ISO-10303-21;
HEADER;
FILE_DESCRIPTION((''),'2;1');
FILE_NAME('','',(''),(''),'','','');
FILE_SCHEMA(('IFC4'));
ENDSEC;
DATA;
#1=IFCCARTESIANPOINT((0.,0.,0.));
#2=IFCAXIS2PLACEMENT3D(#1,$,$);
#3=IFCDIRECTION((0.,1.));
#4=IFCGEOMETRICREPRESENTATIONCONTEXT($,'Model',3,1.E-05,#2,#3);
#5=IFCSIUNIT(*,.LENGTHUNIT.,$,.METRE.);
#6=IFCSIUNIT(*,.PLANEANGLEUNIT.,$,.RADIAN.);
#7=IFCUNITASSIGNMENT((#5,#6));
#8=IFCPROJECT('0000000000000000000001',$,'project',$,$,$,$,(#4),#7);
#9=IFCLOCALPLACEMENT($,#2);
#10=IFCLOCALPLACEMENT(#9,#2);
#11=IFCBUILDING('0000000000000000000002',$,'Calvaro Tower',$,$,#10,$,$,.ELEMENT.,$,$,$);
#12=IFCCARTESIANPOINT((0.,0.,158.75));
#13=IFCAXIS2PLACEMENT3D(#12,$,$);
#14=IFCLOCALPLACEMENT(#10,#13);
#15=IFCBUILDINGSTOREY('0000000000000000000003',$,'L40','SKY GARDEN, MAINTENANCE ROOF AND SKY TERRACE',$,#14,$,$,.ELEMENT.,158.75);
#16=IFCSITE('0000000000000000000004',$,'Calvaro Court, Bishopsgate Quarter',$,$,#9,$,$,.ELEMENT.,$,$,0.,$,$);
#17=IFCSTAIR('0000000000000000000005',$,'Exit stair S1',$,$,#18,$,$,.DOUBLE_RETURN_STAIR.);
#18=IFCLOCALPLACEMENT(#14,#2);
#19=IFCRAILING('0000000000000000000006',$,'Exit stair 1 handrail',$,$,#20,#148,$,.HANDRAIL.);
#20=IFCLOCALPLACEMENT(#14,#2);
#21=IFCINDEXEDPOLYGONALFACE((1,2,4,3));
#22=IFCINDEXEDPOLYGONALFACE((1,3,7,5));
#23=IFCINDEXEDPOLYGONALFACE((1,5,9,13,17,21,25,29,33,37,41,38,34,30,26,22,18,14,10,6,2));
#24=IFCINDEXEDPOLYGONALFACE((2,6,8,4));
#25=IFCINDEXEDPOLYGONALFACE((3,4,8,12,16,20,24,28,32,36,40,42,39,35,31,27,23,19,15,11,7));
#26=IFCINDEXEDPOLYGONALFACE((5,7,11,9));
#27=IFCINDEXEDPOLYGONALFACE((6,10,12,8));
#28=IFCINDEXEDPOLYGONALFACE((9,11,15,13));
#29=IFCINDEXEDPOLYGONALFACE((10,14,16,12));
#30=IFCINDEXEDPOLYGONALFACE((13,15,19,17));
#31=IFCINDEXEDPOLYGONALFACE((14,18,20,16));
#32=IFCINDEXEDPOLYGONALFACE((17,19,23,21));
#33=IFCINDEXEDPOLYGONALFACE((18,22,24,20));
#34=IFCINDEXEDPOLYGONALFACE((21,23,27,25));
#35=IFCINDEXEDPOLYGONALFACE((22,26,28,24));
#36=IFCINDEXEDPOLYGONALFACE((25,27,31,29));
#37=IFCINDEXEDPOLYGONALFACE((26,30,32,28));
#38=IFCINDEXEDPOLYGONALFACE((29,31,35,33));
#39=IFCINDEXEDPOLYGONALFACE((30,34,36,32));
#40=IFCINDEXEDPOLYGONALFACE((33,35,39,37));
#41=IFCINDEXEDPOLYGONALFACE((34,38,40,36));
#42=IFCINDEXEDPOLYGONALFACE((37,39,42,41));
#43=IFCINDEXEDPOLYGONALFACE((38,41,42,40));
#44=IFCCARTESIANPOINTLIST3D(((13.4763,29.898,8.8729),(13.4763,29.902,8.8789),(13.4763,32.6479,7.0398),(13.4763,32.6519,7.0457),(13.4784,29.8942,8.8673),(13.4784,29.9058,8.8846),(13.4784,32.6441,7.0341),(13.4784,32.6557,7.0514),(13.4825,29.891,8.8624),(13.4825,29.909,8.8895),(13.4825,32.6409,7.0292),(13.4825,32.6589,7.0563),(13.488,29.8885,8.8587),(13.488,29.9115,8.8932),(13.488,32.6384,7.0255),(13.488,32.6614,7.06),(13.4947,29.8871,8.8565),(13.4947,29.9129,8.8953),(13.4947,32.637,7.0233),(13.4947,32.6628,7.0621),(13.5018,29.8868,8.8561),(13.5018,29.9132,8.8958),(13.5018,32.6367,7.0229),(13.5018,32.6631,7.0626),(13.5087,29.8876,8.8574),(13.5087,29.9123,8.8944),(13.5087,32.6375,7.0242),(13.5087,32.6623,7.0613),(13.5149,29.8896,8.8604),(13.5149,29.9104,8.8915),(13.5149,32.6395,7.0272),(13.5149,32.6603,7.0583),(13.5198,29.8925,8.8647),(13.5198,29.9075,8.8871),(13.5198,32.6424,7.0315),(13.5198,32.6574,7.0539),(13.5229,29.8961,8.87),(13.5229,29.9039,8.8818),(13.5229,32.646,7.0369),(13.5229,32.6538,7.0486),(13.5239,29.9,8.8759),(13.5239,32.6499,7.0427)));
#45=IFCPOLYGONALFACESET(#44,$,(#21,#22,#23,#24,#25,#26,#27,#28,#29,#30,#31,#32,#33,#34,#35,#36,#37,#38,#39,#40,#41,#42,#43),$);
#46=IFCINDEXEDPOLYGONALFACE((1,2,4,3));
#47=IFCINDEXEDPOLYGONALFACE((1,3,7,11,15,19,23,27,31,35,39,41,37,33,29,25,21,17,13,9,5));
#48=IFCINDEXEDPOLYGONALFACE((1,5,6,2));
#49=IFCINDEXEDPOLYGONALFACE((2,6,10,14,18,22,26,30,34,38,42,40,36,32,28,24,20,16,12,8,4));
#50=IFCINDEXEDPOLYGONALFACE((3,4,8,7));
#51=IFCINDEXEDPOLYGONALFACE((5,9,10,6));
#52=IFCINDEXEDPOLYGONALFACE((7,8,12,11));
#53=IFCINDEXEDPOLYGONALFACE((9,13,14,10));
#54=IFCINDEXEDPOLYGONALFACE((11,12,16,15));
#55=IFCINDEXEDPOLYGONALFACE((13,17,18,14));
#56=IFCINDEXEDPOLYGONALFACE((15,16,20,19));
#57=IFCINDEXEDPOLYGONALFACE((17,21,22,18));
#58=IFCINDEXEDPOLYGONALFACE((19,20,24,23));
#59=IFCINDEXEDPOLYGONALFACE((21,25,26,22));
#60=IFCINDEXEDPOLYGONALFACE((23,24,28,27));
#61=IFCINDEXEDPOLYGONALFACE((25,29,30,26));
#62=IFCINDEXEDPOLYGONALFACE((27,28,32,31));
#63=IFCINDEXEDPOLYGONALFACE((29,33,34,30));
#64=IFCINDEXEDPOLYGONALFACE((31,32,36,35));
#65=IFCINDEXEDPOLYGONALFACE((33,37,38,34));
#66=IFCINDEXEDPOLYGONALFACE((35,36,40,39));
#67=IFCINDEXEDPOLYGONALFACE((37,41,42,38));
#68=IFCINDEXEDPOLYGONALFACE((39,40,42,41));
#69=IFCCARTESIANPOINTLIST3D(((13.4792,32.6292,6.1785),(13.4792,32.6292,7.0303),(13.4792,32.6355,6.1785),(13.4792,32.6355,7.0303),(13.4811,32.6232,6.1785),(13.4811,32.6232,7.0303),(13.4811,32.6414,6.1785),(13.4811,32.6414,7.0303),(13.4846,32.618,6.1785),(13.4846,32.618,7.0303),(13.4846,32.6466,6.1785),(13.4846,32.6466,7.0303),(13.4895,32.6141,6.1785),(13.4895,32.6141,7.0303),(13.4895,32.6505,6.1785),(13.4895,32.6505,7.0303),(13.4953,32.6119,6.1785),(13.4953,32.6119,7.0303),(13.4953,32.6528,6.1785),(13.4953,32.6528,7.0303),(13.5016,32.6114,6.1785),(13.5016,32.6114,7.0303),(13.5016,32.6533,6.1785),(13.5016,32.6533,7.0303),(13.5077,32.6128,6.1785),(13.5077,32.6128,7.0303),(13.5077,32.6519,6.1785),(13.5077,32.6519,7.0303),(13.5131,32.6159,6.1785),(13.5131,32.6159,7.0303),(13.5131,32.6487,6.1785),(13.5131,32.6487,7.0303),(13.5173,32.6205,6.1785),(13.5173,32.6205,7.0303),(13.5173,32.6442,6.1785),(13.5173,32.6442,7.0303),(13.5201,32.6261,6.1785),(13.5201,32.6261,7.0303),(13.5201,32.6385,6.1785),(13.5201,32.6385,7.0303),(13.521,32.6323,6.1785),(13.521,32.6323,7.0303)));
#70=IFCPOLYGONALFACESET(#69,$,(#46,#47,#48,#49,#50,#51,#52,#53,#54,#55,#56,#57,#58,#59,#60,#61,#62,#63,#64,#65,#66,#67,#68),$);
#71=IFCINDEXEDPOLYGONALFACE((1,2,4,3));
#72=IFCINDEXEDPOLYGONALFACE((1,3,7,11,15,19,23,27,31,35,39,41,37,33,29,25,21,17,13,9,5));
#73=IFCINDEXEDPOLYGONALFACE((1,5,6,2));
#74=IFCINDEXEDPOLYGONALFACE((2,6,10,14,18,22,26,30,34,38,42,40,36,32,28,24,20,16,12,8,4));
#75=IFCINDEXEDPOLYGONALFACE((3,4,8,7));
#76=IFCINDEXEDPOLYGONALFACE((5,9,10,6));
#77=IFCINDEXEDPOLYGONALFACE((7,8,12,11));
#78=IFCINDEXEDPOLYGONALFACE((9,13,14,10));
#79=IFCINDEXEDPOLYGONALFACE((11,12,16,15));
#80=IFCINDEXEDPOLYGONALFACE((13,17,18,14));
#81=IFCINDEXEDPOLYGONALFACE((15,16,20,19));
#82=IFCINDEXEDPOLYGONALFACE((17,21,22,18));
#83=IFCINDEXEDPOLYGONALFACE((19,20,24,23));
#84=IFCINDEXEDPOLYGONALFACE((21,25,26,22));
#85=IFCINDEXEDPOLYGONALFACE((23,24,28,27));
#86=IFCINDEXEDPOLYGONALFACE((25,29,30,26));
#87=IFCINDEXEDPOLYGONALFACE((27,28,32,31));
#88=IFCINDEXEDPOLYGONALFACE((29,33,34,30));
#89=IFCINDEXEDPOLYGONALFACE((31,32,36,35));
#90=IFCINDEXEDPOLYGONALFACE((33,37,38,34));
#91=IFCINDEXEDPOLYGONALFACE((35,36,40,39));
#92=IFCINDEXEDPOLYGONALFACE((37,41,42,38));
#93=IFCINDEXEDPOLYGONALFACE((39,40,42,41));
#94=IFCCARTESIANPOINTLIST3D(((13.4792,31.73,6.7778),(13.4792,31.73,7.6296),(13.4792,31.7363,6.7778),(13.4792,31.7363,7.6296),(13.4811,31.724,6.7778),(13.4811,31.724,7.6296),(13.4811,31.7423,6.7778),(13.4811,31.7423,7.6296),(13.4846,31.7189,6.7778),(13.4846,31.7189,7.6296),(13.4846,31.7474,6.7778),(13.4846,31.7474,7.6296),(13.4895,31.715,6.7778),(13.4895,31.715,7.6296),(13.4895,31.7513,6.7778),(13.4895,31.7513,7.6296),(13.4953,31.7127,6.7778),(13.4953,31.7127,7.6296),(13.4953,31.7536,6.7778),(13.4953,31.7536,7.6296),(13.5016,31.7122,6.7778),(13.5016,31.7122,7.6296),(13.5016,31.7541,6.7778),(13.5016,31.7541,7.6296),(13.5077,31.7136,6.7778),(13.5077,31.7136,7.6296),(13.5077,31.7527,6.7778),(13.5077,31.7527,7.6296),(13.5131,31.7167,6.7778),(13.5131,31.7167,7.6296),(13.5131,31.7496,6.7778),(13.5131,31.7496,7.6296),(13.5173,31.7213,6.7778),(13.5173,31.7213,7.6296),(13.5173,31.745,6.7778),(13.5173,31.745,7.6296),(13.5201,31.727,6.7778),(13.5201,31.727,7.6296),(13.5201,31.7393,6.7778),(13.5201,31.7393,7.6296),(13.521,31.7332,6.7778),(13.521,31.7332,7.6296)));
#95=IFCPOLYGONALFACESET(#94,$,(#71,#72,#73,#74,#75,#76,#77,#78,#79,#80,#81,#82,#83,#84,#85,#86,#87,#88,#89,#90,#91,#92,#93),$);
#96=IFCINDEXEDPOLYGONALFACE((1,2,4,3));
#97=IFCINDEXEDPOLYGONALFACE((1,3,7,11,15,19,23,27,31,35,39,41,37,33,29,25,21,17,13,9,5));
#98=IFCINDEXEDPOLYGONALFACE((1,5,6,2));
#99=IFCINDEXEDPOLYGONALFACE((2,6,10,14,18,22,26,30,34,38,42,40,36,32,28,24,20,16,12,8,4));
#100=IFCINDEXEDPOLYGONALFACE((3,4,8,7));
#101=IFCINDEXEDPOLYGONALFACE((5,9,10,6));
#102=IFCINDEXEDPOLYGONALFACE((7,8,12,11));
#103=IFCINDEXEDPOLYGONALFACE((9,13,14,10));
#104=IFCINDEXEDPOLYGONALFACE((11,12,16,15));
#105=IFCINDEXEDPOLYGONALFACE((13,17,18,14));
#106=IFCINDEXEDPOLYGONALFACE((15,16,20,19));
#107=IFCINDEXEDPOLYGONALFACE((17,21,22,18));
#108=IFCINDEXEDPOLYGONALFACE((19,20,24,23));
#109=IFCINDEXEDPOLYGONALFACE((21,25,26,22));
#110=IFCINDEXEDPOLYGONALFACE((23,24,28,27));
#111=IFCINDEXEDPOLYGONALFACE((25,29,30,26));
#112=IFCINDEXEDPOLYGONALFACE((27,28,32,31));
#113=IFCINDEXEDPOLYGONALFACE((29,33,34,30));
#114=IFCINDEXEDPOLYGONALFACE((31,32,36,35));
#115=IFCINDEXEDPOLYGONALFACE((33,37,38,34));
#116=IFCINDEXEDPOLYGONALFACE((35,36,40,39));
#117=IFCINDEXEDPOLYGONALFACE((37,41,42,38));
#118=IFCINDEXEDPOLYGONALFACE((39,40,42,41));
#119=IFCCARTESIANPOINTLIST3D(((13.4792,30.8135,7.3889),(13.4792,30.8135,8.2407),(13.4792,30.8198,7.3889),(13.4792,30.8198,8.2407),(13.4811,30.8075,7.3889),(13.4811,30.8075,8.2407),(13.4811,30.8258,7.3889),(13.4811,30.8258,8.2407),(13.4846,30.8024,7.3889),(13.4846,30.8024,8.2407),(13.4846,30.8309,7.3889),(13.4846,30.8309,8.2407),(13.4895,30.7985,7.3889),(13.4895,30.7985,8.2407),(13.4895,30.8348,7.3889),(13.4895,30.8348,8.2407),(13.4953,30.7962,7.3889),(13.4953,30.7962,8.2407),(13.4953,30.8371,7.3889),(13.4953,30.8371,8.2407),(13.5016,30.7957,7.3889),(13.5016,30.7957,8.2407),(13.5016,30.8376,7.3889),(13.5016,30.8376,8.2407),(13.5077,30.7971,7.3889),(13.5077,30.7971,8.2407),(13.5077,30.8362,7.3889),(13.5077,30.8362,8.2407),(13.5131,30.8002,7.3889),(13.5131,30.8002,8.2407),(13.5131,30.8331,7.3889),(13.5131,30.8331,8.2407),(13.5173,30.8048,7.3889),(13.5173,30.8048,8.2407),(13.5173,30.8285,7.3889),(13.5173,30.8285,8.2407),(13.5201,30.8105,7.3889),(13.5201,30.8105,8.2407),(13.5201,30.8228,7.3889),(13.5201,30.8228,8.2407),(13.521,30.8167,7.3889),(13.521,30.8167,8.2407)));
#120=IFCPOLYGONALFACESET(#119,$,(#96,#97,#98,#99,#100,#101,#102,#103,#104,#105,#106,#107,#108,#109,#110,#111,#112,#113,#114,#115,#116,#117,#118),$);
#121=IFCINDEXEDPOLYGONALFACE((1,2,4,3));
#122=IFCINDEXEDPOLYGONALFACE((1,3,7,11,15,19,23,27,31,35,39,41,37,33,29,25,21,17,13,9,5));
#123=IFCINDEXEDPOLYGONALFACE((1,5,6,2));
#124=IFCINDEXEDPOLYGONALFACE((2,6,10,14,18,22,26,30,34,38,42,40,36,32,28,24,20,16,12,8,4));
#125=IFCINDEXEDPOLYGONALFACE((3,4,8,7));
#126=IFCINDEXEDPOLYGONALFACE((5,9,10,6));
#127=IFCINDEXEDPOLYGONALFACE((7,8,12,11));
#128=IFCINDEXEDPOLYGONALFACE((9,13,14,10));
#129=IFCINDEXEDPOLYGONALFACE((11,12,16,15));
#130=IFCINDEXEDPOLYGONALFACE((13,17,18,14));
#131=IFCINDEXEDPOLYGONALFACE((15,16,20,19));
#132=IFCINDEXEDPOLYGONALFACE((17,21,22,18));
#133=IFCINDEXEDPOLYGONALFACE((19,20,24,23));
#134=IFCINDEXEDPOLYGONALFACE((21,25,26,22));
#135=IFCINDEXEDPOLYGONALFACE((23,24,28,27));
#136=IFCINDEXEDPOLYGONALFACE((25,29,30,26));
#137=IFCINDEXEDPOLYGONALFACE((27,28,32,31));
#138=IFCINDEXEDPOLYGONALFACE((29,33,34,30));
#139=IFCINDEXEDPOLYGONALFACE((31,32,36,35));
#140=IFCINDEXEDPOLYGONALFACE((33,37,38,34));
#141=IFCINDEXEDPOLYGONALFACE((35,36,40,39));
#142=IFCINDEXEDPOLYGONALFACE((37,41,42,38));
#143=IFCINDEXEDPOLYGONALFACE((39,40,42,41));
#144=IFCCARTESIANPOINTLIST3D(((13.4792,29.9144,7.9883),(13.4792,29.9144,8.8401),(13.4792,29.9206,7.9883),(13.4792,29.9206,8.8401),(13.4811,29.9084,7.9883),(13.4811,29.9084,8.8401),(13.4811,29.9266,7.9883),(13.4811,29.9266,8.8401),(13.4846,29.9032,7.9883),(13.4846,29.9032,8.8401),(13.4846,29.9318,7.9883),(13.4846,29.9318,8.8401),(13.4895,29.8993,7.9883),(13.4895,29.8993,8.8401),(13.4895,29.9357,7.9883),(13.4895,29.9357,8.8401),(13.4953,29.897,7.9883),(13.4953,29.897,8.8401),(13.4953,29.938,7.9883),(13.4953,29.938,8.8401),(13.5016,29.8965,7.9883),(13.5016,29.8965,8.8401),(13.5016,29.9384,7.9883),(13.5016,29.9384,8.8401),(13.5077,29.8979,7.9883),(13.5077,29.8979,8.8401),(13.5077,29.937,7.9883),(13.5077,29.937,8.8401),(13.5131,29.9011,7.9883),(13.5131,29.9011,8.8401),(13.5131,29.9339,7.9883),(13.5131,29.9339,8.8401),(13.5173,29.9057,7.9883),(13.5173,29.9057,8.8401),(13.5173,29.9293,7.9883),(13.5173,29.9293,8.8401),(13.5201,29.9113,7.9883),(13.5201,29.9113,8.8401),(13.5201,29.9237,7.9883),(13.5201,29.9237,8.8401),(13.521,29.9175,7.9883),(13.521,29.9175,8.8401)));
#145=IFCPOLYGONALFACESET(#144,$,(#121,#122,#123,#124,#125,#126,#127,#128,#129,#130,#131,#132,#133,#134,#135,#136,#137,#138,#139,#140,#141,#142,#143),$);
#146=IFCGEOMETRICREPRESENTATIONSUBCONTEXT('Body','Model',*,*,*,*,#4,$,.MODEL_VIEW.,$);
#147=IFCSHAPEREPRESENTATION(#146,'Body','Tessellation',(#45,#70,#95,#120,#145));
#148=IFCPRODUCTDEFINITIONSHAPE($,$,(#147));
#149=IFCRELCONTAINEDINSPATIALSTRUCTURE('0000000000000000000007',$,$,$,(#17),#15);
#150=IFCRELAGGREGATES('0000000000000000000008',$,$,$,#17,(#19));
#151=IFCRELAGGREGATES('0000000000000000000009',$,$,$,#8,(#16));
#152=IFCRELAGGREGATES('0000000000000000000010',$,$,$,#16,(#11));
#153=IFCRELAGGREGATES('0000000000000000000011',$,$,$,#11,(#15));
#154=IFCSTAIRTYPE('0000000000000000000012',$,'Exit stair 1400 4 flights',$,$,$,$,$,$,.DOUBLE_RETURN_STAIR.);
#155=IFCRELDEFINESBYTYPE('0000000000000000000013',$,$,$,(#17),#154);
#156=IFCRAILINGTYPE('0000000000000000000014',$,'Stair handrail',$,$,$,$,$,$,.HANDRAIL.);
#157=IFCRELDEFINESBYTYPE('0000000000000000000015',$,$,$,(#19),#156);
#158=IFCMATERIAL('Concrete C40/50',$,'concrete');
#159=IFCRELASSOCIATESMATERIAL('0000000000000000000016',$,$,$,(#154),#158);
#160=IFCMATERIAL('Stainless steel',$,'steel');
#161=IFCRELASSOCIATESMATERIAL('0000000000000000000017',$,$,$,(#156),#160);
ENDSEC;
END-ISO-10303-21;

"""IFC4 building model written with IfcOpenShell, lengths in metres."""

from ifc_helpers import new_model, si_unit, direction, frame, origin, origin_2d, place, context, subcontext, project, spatial, circle, extrude, material, type_object, element, aggregate, save


model = new_model("IFC4")

# Units and contexts
model_context = context("Model", 3, precision=1e-05, world=origin(), true_north=direction((0.0, 1.0)))
body_context = subcontext(model_context, "Body", "Model", "MODEL_VIEW")
ifc_project = project(units=[si_unit("LENGTHUNIT", "METRE"), si_unit("PLANEANGLEUNIT", "RADIAN")], contexts=[model_context])

# Site, building, storey
site_placement = place(None, origin())
site = spatial("IfcSite", under=ifc_project, at=site_placement, Name="Calvaro Court, Bishopsgate Quarter", CompositionType="ELEMENT", RefElevation=0.0)
building_placement = place(site_placement, origin())
building = spatial("IfcBuilding", under=site, at=building_placement, Name="Calvaro Tower", CompositionType="ELEMENT")
storey_placement = place(building_placement, frame((0.0, 0.0, 158.75)))
storey = spatial("IfcBuildingStorey", under=building, at=storey_placement, Name="L40", Description="SKY GARDEN, MAINTENANCE ROOF AND SKY TERRACE", CompositionType="ELEMENT", Elevation=158.75)

# Stair
ifc_material_1 = material(Name="Concrete C40/50", Category="concrete")
stair_type = type_object("IfcStairType", Name="Exit stair 1400 4 flights", PredefinedType="DOUBLE_RETURN_STAIR", material=ifc_material_1)
stair_placement = place(storey_placement, origin())
stair = element("IfcStair", 1, at=stair_placement, inside=storey, type_object=stair_type, Name="Exit stair S1", PredefinedType="DOUBLE_RETURN_STAIR")

# Railing
ifc_material_2 = material(Name="Stainless steel", Category="steel")
railing_type_1 = type_object("IfcRailingType", Name="Stair handrail", PredefinedType="HANDRAIL", material=ifc_material_2)
railing_1_placement = place(storey_placement, frame((13.5, 32.6499, 6.1667)))
railing_1 = element("IfcRailing", 2, at=railing_1_placement, type_object=railing_type_1, Name="Exit stair 1 handrail", PredefinedType="HANDRAIL", context=body_context, shape_type="SweptSolid", body=[
    extrude(circle(Radius=0.0239, at=origin_2d()), frame((0.0, 0.0, 0.876), z_axis=(0.0, -0.832062, 0.554683), x_axis=(1.0, 0.0, 0.0)), (0.0, 0.0, 1.0), 3.3049),
    extrude(circle(Radius=0.021, at=origin_2d()), frame((0.0, -0.0176, 0.0117)), (0.0, 0.0, 1.0), 0.8518),
    extrude(circle(Radius=0.021, at=origin_2d()), frame((0.0, -0.9167, 0.6111)), (0.0, 0.0, 1.0), 0.8518),
    extrude(circle(Radius=0.021, at=origin_2d()), frame((0.0, -1.8333, 1.2222)), (0.0, 0.0, 1.0), 0.8518),
    extrude(circle(Radius=0.021, at=origin_2d()), frame((0.0, -2.7324, 1.8215)), (0.0, 0.0, 1.0), 0.8518),
])
aggregate(stair, [railing_1])

save(model, "model.ifc")
